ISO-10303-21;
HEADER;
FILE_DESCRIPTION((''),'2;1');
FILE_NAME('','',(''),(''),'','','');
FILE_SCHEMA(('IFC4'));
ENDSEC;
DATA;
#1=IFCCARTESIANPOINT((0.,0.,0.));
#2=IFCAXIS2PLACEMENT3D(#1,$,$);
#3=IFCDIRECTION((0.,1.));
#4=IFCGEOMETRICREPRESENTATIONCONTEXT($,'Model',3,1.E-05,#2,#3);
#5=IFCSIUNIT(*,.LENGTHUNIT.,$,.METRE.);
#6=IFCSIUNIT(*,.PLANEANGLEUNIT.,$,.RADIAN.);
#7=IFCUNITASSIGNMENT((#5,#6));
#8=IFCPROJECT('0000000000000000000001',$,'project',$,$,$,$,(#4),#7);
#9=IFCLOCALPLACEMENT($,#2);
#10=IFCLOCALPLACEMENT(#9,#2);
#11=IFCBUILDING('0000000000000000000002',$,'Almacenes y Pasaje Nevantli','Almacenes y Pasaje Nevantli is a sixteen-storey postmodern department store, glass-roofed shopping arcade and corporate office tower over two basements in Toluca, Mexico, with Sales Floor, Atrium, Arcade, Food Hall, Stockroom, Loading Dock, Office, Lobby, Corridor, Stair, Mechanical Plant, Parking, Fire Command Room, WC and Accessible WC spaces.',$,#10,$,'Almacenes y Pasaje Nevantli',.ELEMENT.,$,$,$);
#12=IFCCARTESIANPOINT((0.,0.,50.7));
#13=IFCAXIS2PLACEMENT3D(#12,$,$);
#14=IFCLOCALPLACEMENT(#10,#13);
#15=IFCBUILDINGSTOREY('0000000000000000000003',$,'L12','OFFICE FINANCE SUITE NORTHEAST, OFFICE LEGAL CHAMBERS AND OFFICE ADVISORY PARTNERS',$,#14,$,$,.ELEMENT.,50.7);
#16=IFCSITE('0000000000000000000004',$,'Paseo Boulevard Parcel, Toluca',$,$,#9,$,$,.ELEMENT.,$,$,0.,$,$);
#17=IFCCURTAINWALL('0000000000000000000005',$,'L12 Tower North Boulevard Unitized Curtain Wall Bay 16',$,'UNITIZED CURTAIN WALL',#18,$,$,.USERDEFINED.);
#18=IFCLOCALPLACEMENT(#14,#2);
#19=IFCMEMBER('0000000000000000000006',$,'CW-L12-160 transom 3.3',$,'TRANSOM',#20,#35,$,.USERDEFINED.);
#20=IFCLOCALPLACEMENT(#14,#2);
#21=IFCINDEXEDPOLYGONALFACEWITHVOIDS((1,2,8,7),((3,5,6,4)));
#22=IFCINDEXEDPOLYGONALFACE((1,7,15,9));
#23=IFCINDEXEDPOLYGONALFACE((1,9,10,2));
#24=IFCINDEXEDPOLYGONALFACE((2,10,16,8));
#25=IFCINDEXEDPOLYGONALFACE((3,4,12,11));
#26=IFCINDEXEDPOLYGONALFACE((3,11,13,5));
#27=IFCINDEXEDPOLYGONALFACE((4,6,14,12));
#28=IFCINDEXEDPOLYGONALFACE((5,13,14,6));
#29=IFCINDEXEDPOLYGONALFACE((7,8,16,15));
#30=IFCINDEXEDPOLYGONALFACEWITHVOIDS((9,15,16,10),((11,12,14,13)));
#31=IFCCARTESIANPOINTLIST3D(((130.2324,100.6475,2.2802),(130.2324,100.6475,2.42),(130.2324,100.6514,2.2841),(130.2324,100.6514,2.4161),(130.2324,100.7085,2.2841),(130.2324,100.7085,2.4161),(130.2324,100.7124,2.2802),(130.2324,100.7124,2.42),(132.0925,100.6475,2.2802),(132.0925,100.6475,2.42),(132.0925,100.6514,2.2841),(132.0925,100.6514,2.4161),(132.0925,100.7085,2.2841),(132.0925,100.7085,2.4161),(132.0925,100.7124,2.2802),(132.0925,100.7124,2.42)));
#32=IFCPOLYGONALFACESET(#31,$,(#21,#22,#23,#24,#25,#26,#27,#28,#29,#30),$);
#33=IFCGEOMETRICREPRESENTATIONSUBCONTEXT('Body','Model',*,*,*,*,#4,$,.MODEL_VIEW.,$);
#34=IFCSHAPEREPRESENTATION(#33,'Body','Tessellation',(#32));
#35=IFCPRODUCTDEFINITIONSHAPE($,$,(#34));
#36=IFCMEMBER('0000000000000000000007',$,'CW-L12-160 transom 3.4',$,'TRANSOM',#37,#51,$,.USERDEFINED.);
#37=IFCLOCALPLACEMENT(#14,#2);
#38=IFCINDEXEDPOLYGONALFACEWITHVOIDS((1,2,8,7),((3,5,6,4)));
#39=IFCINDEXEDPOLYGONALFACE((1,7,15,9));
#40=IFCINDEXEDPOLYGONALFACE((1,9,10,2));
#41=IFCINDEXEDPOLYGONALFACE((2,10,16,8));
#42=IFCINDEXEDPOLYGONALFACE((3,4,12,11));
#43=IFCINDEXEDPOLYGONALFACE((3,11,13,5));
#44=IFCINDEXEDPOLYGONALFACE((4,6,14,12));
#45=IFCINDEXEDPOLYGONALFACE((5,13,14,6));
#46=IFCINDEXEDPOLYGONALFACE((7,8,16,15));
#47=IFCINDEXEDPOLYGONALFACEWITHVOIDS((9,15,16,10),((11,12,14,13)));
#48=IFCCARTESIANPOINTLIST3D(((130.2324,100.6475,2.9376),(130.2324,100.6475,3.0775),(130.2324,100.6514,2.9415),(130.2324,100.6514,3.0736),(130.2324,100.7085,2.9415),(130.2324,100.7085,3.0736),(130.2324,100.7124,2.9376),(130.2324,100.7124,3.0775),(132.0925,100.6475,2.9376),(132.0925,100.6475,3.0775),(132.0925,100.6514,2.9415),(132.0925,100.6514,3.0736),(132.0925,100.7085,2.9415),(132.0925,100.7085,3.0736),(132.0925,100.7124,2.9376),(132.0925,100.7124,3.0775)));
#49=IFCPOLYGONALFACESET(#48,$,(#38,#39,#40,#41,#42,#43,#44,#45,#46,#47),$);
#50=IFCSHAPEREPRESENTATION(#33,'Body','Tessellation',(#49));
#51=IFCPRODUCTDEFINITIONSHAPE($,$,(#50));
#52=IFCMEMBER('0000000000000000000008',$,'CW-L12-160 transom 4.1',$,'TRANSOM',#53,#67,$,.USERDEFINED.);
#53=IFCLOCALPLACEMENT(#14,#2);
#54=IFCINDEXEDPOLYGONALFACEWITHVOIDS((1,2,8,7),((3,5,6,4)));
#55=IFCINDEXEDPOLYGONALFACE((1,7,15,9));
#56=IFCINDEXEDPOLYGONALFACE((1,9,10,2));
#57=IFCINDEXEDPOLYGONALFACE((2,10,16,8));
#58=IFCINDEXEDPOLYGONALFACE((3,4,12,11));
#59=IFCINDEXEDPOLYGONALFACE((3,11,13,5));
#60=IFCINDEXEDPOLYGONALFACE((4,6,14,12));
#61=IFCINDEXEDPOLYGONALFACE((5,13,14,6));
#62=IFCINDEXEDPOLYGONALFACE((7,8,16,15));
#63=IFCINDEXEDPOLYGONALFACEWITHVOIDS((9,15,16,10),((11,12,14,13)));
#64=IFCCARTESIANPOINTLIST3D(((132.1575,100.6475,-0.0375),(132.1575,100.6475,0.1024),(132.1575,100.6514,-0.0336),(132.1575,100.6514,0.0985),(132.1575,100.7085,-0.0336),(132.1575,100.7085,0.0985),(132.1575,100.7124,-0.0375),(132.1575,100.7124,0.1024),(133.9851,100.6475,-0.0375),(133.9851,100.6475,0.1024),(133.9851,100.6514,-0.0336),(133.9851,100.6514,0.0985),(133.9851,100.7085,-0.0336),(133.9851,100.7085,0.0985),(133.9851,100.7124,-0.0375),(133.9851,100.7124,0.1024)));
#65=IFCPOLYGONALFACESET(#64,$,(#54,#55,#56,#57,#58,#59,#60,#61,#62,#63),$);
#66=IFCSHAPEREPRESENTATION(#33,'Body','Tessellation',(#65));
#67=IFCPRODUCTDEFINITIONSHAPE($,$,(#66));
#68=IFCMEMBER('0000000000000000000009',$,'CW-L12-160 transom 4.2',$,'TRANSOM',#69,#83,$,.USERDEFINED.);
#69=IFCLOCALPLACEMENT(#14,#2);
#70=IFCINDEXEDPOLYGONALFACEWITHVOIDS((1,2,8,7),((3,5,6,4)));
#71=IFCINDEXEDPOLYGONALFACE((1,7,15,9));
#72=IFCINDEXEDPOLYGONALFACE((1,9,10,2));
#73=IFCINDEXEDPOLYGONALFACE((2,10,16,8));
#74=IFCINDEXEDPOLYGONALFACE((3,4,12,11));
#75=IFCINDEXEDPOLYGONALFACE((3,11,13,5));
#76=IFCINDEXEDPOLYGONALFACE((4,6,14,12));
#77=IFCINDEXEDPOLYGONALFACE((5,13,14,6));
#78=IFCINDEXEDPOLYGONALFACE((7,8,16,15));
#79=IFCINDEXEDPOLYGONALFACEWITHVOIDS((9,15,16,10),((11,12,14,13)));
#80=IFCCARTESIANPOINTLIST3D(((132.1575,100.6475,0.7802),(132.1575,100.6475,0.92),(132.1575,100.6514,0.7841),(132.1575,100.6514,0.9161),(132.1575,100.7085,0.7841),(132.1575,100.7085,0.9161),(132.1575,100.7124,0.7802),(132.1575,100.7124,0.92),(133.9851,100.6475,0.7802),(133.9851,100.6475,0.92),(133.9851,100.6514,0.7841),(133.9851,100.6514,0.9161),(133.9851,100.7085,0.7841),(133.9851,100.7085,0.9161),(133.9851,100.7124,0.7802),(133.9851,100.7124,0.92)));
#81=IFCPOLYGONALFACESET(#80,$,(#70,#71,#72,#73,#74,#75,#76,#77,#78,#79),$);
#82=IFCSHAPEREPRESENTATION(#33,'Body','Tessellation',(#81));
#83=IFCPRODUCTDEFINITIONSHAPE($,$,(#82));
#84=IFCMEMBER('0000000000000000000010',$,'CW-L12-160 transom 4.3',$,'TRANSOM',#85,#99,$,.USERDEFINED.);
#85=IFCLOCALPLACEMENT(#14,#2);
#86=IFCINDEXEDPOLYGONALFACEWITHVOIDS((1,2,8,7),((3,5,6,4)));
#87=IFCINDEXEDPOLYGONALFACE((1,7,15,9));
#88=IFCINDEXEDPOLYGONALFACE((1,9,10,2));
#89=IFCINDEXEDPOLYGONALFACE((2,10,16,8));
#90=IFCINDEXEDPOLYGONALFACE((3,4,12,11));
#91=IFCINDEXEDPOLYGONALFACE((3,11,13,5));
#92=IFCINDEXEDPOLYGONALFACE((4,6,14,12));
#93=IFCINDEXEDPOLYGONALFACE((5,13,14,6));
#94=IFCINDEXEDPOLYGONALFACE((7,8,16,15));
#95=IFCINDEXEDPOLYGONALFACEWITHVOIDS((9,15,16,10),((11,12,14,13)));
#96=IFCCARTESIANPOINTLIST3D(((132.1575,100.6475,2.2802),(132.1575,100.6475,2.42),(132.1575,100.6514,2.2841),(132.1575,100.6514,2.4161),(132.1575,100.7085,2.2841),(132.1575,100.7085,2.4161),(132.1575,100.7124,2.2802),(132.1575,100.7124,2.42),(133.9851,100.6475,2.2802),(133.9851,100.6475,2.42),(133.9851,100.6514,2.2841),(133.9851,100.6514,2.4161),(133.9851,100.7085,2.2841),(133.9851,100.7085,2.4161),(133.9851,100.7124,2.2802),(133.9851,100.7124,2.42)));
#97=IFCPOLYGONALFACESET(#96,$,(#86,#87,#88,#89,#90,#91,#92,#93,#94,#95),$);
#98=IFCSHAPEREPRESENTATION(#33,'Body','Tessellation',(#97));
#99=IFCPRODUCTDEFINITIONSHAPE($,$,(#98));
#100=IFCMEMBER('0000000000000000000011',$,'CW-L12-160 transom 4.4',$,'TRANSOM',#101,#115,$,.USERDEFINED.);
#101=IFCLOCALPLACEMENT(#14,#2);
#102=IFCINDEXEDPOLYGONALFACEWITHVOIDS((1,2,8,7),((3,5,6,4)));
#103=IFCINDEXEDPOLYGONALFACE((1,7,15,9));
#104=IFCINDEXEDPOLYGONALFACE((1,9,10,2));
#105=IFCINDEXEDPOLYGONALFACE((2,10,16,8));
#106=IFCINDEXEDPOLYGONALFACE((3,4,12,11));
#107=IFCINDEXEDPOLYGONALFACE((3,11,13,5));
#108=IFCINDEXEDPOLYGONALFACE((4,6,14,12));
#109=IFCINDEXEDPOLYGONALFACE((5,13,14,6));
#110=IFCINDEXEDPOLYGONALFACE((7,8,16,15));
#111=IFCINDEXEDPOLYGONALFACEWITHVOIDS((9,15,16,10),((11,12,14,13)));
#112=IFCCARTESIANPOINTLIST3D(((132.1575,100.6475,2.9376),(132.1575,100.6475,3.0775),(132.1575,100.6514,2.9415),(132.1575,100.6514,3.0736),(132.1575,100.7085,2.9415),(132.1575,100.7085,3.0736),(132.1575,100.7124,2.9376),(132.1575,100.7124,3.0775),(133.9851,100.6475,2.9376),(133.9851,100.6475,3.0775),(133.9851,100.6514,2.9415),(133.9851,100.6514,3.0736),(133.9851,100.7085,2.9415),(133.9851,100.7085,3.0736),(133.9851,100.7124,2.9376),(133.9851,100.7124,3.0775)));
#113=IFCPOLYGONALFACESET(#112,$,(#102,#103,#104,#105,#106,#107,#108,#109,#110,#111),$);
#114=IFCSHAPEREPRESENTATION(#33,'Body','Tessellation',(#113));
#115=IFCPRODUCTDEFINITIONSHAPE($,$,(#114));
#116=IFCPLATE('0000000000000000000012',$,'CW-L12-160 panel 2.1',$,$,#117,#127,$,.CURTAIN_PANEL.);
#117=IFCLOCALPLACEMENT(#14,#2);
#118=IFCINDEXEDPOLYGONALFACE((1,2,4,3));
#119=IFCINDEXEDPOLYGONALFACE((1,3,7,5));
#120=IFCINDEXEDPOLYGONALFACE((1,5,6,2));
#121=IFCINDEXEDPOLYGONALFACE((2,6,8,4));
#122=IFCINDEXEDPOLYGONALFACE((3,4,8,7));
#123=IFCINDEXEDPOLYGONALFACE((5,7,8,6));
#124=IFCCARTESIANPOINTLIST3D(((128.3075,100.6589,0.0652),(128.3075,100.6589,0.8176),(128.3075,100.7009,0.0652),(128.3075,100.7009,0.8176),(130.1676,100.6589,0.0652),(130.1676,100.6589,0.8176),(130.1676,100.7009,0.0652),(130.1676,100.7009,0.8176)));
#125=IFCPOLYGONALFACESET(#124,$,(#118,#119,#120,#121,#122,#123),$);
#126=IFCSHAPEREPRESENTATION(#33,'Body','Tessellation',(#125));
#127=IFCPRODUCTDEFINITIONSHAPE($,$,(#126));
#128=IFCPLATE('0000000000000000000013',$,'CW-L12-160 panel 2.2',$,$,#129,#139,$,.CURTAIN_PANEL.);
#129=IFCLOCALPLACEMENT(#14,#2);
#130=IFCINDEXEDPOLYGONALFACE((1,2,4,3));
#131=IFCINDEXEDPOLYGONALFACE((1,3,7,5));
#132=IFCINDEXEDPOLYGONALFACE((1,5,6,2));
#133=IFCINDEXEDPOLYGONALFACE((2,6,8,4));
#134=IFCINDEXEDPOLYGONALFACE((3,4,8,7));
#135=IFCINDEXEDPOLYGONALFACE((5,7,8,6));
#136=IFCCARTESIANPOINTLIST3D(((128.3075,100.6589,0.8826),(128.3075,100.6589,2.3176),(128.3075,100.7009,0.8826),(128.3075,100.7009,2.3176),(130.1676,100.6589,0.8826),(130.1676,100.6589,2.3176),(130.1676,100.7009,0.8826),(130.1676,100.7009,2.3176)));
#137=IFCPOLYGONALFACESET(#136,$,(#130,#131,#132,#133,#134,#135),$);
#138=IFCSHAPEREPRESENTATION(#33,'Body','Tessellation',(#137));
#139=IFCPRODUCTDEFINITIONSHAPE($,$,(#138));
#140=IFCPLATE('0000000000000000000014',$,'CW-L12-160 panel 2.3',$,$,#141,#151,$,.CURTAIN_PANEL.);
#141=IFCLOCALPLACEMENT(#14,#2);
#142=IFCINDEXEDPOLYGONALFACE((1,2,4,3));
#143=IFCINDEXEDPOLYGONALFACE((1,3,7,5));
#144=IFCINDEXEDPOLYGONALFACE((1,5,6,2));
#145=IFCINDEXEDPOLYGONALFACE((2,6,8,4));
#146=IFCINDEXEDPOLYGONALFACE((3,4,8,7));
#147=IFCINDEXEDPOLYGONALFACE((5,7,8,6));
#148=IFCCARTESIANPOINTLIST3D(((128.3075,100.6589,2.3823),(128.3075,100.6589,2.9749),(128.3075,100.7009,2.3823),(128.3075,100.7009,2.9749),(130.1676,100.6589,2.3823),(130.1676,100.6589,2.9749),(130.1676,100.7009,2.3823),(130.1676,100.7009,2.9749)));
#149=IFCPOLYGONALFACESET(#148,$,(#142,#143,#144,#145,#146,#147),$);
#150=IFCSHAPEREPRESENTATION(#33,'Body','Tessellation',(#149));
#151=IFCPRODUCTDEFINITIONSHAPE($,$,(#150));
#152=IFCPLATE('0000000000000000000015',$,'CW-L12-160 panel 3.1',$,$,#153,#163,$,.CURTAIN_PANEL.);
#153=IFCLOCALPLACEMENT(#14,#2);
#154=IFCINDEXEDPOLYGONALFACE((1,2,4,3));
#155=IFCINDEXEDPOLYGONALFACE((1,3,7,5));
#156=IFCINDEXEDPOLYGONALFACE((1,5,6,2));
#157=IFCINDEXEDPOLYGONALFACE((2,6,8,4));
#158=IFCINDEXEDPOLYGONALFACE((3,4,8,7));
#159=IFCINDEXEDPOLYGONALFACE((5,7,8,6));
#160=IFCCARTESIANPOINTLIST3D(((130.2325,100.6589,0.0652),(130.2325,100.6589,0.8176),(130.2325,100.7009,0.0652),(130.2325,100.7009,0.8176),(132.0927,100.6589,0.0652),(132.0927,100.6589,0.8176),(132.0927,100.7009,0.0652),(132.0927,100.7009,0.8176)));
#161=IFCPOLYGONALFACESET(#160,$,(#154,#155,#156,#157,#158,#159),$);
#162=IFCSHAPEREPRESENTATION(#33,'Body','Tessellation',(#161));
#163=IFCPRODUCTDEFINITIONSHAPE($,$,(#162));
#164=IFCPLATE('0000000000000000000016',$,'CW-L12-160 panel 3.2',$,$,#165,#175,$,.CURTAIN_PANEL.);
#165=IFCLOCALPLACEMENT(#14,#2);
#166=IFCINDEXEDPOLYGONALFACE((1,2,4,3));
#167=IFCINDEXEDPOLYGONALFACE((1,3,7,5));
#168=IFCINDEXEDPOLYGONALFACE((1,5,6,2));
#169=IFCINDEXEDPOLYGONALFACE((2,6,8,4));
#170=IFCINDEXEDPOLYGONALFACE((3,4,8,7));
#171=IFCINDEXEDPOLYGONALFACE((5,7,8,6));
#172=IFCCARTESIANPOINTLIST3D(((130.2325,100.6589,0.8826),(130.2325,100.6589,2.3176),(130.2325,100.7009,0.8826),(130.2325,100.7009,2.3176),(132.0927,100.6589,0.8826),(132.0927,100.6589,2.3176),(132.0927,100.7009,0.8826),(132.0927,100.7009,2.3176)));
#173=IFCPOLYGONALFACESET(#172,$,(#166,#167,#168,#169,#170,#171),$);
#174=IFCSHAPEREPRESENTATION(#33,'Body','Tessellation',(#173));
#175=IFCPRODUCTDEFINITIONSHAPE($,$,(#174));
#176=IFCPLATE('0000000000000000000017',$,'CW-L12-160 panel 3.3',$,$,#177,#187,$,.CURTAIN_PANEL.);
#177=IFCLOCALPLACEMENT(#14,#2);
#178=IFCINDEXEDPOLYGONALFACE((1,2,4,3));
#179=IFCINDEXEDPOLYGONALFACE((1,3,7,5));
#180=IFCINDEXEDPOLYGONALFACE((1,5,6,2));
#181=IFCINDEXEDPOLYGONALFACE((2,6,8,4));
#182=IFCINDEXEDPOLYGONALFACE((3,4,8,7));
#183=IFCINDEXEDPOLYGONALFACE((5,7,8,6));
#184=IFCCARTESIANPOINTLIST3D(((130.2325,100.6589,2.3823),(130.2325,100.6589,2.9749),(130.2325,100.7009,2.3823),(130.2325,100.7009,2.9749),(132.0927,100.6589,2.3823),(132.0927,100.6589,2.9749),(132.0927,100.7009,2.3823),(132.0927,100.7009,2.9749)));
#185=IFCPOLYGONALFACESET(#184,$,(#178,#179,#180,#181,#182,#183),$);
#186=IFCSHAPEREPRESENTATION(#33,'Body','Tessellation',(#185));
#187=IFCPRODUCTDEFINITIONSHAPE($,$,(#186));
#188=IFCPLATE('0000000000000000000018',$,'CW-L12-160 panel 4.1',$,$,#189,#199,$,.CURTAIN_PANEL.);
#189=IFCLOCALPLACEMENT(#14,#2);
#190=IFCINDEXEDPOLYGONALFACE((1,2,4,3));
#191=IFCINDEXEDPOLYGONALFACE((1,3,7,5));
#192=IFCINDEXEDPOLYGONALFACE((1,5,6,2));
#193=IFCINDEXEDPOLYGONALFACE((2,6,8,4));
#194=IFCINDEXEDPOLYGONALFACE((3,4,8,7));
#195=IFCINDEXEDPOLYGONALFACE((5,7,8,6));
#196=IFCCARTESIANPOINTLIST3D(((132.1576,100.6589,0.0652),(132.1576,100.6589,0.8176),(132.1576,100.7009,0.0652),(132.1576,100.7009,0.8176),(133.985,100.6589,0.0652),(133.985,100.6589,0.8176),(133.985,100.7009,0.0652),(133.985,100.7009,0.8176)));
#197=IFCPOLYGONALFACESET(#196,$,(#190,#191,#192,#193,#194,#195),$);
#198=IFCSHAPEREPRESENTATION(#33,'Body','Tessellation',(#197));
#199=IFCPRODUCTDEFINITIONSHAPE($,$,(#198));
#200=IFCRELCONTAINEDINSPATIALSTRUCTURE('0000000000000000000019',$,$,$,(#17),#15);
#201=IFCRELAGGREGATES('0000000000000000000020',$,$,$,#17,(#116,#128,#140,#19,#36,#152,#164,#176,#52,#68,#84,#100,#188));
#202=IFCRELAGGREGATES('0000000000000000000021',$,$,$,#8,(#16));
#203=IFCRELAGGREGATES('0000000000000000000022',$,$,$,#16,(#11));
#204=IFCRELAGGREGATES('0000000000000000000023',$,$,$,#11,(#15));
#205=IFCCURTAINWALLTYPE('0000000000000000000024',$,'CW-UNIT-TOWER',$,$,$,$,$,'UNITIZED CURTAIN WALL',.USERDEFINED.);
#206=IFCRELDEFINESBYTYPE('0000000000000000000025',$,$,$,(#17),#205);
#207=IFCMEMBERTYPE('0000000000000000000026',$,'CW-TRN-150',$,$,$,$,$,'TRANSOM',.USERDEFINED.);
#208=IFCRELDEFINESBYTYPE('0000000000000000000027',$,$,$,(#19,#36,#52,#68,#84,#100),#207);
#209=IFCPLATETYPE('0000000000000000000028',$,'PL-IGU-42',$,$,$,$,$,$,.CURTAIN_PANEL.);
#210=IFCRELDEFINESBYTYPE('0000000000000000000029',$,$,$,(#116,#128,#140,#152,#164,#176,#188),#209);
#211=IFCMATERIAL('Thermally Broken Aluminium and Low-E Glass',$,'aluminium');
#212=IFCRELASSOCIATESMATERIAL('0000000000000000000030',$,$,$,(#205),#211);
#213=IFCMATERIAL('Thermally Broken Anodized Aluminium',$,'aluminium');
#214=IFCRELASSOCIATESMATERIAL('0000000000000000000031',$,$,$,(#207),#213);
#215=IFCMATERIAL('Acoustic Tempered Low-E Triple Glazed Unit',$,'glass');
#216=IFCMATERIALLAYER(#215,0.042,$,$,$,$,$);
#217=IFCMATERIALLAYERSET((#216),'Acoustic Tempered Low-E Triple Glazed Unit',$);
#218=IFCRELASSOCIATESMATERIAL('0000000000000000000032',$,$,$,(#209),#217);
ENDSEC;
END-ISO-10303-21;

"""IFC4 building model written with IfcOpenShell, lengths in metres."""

from ifc_helpers import new_model, si_unit, direction, frame, origin, origin_2d, place, context, subcontext, project, spatial, rectangle, hollow_rectangle, extrude, material, layer, layer_set, material_profile, profile_set, type_object, element, aggregate, save


model = new_model("IFC4")

# Units and contexts
model_context = context("Model", 3, precision=1e-05, world=origin(), true_north=direction((0.0, 1.0)))
body_context = subcontext(model_context, "Body", "Model", "MODEL_VIEW")
ifc_project = project(units=[si_unit("LENGTHUNIT", "METRE"), si_unit("PLANEANGLEUNIT", "RADIAN")], contexts=[model_context])

# Site, building, storey
site_placement = place(None, origin())
site = spatial("IfcSite", under=ifc_project, at=site_placement, Name="Paseo Boulevard Parcel, Toluca", CompositionType="ELEMENT", RefElevation=0.0)
building_placement = place(site_placement, origin())
building = spatial("IfcBuilding", under=site, at=building_placement, Name="Almacenes y Pasaje Nevantli", Description="Almacenes y Pasaje Nevantli is a sixteen-storey postmodern department store, glass-roofed shopping arcade and corporate office tower over two basements in Toluca, Mexico, with Sales Floor, Atrium, Arcade, Food Hall, Stockroom, Loading Dock, Office, Lobby, Corridor, Stair, Mechanical Plant, Parking, Fire Command Room, WC and Accessible WC spaces.", LongName="Almacenes y Pasaje Nevantli", CompositionType="ELEMENT")
storey_placement = place(building_placement, frame((0.0, 0.0, 50.7)))
storey = spatial("IfcBuildingStorey", under=building, at=storey_placement, Name="L12", Description="OFFICE FINANCE SUITE NORTHEAST, OFFICE LEGAL CHAMBERS AND OFFICE ADVISORY PARTNERS", CompositionType="ELEMENT", Elevation=50.7)

# Curtain wall, members, plates
ifc_material_1 = material(Name="Thermally Broken Aluminium and Low-E Glass", Category="aluminium")
curtain_wall_type = type_object("IfcCurtainWallType", Name="CW-UNIT-TOWER", ElementType="UNITIZED CURTAIN WALL", PredefinedType="USERDEFINED", material=ifc_material_1)
curtain_wall_placement = place(storey_placement, origin())
curtain_wall = element("IfcCurtainWall", 1, at=curtain_wall_placement, inside=storey, type_object=curtain_wall_type, Name="L12 Tower North Boulevard Unitized Curtain Wall Bay 16", ObjectType="UNITIZED CURTAIN WALL", PredefinedType="USERDEFINED")
ifc_material_2 = material(Name="Thermally Broken Anodized Aluminium", Category="aluminium")
ifc_material_profile_1 = material_profile(ifc_material_2, hollow_rectangle(XDim=0.0649, YDim=0.1399, WallThickness=0.0039, at=origin_2d()), Name="ALU-TRN-65x140")
ifc_profile_set_1 = profile_set([ifc_material_profile_1], Name="Thermally Broken Anodized Aluminium")
member_type_1 = type_object("IfcMemberType", Name="CW-TRN-150", ElementType="TRANSOM", PredefinedType="USERDEFINED", material=ifc_profile_set_1)
member_1_placement = place(storey_placement, frame((130.2324, 100.6799, 2.3501), z_axis=(1.0, 0.0, 0.0), x_axis=(0.0, 1.0, 0.0)))
member_1 = element("IfcMember", 2, at=member_1_placement, type_object=member_type_1, Name="CW-L12-160 transom 3.3", ObjectType="TRANSOM", PredefinedType="USERDEFINED", context=body_context, shape_type="SweptSolid", body=[
    extrude(hollow_rectangle(XDim=0.0649, YDim=0.1399, WallThickness=0.0039, at=origin_2d()), origin(), (0.0, 0.0, 1.0), 1.8601),
])
member_2_placement = place(storey_placement, frame((130.2324, 100.6799, 3.0076), z_axis=(1.0, 0.0, 0.0), x_axis=(0.0, 1.0, 0.0)))
member_2 = element("IfcMember", 3, at=member_2_placement, type_object=member_type_1, Name="CW-L12-160 transom 3.4", ObjectType="TRANSOM", PredefinedType="USERDEFINED", context=body_context, shape_type="SweptSolid", body=[
    extrude(hollow_rectangle(XDim=0.0649, YDim=0.1399, WallThickness=0.0039, at=origin_2d()), origin(), (0.0, 0.0, 1.0), 1.8601),
])
member_3_placement = place(storey_placement, frame((132.1575, 100.6799, 0.0325), z_axis=(1.0, 0.0, 0.0), x_axis=(0.0, 1.0, 0.0)))
member_3 = element("IfcMember", 4, at=member_3_placement, type_object=member_type_1, Name="CW-L12-160 transom 4.1", ObjectType="TRANSOM", PredefinedType="USERDEFINED", context=body_context, shape_type="SweptSolid", body=[
    extrude(hollow_rectangle(XDim=0.0649, YDim=0.1399, WallThickness=0.0039, at=origin_2d()), origin(), (0.0, 0.0, 1.0), 1.8276),
])
member_4_placement = place(storey_placement, frame((132.1575, 100.6799, 0.8501), z_axis=(1.0, 0.0, 0.0), x_axis=(0.0, 1.0, 0.0)))
member_4 = element("IfcMember", 5, at=member_4_placement, type_object=member_type_1, Name="CW-L12-160 transom 4.2", ObjectType="TRANSOM", PredefinedType="USERDEFINED", context=body_context, shape_type="SweptSolid", body=[
    extrude(hollow_rectangle(XDim=0.0649, YDim=0.1399, WallThickness=0.0039, at=origin_2d()), origin(), (0.0, 0.0, 1.0), 1.8276),
])
member_5_placement = place(storey_placement, frame((132.1575, 100.6799, 2.3501), z_axis=(1.0, 0.0, 0.0), x_axis=(0.0, 1.0, 0.0)))
member_5 = element("IfcMember", 6, at=member_5_placement, type_object=member_type_1, Name="CW-L12-160 transom 4.3", ObjectType="TRANSOM", PredefinedType="USERDEFINED", context=body_context, shape_type="SweptSolid", body=[
    extrude(hollow_rectangle(XDim=0.0649, YDim=0.1399, WallThickness=0.0039, at=origin_2d()), origin(), (0.0, 0.0, 1.0), 1.8276),
])
member_6_placement = place(storey_placement, frame((132.1575, 100.6799, 3.0076), z_axis=(1.0, 0.0, 0.0), x_axis=(0.0, 1.0, 0.0)))
member_6 = element("IfcMember", 7, at=member_6_placement, type_object=member_type_1, Name="CW-L12-160 transom 4.4", ObjectType="TRANSOM", PredefinedType="USERDEFINED", context=body_context, shape_type="SweptSolid", body=[
    extrude(hollow_rectangle(XDim=0.0649, YDim=0.1399, WallThickness=0.0039, at=origin_2d()), origin(), (0.0, 0.0, 1.0), 1.8276),
])
ifc_material_3 = material(Name="Acoustic Tempered Low-E Triple Glazed Unit", Category="glass")
ifc_layer = layer(ifc_material_3, 0.042)
ifc_layer_set = layer_set([ifc_layer], Name="Acoustic Tempered Low-E Triple Glazed Unit")
plate_type = type_object("IfcPlateType", Name="PL-IGU-42", PredefinedType="CURTAIN_PANEL", material=ifc_layer_set)
plate_1_placement = place(storey_placement, frame((129.2375, 100.6799, 0.0652), z_axis=(0.0, 0.0, 1.0), x_axis=(1.0, 0.0, 0.0)))
plate_1 = element("IfcPlate", 8, at=plate_1_placement, type_object=plate_type, Name="CW-L12-160 panel 2.1", PredefinedType="CURTAIN_PANEL", context=body_context, shape_type="SweptSolid", body=[
    extrude(rectangle(XDim=1.8601, YDim=0.042, at=origin_2d()), origin(), (0.0, 0.0, 1.0), 0.7524),
])
plate_2_placement = place(storey_placement, frame((129.2375, 100.6799, 0.8826), z_axis=(0.0, 0.0, 1.0), x_axis=(1.0, 0.0, 0.0)))
plate_2 = element("IfcPlate", 9, at=plate_2_placement, type_object=plate_type, Name="CW-L12-160 panel 2.2", PredefinedType="CURTAIN_PANEL", context=body_context, shape_type="SweptSolid", body=[
    extrude(rectangle(XDim=1.8601, YDim=0.042, at=origin_2d()), origin(), (0.0, 0.0, 1.0), 1.4351),
])
plate_3_placement = place(storey_placement, frame((129.2375, 100.6799, 2.3823), z_axis=(0.0, 0.0, 1.0), x_axis=(1.0, 0.0, 0.0)))
plate_3 = element("IfcPlate", 10, at=plate_3_placement, type_object=plate_type, Name="CW-L12-160 panel 2.3", PredefinedType="CURTAIN_PANEL", context=body_context, shape_type="SweptSolid", body=[
    extrude(rectangle(XDim=1.8601, YDim=0.042, at=origin_2d()), origin(), (0.0, 0.0, 1.0), 0.5925),
])
plate_4_placement = place(storey_placement, frame((131.1626, 100.6799, 0.0652), z_axis=(0.0, 0.0, 1.0), x_axis=(1.0, 0.0, 0.0)))
plate_4 = element("IfcPlate", 11, at=plate_4_placement, type_object=plate_type, Name="CW-L12-160 panel 3.1", PredefinedType="CURTAIN_PANEL", context=body_context, shape_type="SweptSolid", body=[
    extrude(rectangle(XDim=1.8601, YDim=0.042, at=origin_2d()), origin(), (0.0, 0.0, 1.0), 0.7524),
])
plate_5_placement = place(storey_placement, frame((131.1626, 100.6799, 0.8826), z_axis=(0.0, 0.0, 1.0), x_axis=(1.0, 0.0, 0.0)))
plate_5 = element("IfcPlate", 12, at=plate_5_placement, type_object=plate_type, Name="CW-L12-160 panel 3.2", PredefinedType="CURTAIN_PANEL", context=body_context, shape_type="SweptSolid", body=[
    extrude(rectangle(XDim=1.8601, YDim=0.042, at=origin_2d()), origin(), (0.0, 0.0, 1.0), 1.4351),
])
plate_6_placement = place(storey_placement, frame((131.1626, 100.6799, 2.3823), z_axis=(0.0, 0.0, 1.0), x_axis=(1.0, 0.0, 0.0)))
plate_6 = element("IfcPlate", 13, at=plate_6_placement, type_object=plate_type, Name="CW-L12-160 panel 3.3", PredefinedType="CURTAIN_PANEL", context=body_context, shape_type="SweptSolid", body=[
    extrude(rectangle(XDim=1.8601, YDim=0.042, at=origin_2d()), origin(), (0.0, 0.0, 1.0), 0.5925),
])
plate_7_placement = place(storey_placement, frame((133.0713, 100.6799, 0.0652), z_axis=(0.0, 0.0, 1.0), x_axis=(1.0, 0.0, 0.0)))
plate_7 = element("IfcPlate", 14, at=plate_7_placement, type_object=plate_type, Name="CW-L12-160 panel 4.1", PredefinedType="CURTAIN_PANEL", context=body_context, shape_type="SweptSolid", body=[
    extrude(rectangle(XDim=1.8274, YDim=0.042, at=origin_2d()), origin(), (0.0, 0.0, 1.0), 0.7524),
])
aggregate(curtain_wall, [plate_1, plate_2, plate_3, member_1, member_2, plate_4, plate_5, plate_6, member_3, member_4, member_5, member_6, plate_7])

save(model, "model.ifc")
